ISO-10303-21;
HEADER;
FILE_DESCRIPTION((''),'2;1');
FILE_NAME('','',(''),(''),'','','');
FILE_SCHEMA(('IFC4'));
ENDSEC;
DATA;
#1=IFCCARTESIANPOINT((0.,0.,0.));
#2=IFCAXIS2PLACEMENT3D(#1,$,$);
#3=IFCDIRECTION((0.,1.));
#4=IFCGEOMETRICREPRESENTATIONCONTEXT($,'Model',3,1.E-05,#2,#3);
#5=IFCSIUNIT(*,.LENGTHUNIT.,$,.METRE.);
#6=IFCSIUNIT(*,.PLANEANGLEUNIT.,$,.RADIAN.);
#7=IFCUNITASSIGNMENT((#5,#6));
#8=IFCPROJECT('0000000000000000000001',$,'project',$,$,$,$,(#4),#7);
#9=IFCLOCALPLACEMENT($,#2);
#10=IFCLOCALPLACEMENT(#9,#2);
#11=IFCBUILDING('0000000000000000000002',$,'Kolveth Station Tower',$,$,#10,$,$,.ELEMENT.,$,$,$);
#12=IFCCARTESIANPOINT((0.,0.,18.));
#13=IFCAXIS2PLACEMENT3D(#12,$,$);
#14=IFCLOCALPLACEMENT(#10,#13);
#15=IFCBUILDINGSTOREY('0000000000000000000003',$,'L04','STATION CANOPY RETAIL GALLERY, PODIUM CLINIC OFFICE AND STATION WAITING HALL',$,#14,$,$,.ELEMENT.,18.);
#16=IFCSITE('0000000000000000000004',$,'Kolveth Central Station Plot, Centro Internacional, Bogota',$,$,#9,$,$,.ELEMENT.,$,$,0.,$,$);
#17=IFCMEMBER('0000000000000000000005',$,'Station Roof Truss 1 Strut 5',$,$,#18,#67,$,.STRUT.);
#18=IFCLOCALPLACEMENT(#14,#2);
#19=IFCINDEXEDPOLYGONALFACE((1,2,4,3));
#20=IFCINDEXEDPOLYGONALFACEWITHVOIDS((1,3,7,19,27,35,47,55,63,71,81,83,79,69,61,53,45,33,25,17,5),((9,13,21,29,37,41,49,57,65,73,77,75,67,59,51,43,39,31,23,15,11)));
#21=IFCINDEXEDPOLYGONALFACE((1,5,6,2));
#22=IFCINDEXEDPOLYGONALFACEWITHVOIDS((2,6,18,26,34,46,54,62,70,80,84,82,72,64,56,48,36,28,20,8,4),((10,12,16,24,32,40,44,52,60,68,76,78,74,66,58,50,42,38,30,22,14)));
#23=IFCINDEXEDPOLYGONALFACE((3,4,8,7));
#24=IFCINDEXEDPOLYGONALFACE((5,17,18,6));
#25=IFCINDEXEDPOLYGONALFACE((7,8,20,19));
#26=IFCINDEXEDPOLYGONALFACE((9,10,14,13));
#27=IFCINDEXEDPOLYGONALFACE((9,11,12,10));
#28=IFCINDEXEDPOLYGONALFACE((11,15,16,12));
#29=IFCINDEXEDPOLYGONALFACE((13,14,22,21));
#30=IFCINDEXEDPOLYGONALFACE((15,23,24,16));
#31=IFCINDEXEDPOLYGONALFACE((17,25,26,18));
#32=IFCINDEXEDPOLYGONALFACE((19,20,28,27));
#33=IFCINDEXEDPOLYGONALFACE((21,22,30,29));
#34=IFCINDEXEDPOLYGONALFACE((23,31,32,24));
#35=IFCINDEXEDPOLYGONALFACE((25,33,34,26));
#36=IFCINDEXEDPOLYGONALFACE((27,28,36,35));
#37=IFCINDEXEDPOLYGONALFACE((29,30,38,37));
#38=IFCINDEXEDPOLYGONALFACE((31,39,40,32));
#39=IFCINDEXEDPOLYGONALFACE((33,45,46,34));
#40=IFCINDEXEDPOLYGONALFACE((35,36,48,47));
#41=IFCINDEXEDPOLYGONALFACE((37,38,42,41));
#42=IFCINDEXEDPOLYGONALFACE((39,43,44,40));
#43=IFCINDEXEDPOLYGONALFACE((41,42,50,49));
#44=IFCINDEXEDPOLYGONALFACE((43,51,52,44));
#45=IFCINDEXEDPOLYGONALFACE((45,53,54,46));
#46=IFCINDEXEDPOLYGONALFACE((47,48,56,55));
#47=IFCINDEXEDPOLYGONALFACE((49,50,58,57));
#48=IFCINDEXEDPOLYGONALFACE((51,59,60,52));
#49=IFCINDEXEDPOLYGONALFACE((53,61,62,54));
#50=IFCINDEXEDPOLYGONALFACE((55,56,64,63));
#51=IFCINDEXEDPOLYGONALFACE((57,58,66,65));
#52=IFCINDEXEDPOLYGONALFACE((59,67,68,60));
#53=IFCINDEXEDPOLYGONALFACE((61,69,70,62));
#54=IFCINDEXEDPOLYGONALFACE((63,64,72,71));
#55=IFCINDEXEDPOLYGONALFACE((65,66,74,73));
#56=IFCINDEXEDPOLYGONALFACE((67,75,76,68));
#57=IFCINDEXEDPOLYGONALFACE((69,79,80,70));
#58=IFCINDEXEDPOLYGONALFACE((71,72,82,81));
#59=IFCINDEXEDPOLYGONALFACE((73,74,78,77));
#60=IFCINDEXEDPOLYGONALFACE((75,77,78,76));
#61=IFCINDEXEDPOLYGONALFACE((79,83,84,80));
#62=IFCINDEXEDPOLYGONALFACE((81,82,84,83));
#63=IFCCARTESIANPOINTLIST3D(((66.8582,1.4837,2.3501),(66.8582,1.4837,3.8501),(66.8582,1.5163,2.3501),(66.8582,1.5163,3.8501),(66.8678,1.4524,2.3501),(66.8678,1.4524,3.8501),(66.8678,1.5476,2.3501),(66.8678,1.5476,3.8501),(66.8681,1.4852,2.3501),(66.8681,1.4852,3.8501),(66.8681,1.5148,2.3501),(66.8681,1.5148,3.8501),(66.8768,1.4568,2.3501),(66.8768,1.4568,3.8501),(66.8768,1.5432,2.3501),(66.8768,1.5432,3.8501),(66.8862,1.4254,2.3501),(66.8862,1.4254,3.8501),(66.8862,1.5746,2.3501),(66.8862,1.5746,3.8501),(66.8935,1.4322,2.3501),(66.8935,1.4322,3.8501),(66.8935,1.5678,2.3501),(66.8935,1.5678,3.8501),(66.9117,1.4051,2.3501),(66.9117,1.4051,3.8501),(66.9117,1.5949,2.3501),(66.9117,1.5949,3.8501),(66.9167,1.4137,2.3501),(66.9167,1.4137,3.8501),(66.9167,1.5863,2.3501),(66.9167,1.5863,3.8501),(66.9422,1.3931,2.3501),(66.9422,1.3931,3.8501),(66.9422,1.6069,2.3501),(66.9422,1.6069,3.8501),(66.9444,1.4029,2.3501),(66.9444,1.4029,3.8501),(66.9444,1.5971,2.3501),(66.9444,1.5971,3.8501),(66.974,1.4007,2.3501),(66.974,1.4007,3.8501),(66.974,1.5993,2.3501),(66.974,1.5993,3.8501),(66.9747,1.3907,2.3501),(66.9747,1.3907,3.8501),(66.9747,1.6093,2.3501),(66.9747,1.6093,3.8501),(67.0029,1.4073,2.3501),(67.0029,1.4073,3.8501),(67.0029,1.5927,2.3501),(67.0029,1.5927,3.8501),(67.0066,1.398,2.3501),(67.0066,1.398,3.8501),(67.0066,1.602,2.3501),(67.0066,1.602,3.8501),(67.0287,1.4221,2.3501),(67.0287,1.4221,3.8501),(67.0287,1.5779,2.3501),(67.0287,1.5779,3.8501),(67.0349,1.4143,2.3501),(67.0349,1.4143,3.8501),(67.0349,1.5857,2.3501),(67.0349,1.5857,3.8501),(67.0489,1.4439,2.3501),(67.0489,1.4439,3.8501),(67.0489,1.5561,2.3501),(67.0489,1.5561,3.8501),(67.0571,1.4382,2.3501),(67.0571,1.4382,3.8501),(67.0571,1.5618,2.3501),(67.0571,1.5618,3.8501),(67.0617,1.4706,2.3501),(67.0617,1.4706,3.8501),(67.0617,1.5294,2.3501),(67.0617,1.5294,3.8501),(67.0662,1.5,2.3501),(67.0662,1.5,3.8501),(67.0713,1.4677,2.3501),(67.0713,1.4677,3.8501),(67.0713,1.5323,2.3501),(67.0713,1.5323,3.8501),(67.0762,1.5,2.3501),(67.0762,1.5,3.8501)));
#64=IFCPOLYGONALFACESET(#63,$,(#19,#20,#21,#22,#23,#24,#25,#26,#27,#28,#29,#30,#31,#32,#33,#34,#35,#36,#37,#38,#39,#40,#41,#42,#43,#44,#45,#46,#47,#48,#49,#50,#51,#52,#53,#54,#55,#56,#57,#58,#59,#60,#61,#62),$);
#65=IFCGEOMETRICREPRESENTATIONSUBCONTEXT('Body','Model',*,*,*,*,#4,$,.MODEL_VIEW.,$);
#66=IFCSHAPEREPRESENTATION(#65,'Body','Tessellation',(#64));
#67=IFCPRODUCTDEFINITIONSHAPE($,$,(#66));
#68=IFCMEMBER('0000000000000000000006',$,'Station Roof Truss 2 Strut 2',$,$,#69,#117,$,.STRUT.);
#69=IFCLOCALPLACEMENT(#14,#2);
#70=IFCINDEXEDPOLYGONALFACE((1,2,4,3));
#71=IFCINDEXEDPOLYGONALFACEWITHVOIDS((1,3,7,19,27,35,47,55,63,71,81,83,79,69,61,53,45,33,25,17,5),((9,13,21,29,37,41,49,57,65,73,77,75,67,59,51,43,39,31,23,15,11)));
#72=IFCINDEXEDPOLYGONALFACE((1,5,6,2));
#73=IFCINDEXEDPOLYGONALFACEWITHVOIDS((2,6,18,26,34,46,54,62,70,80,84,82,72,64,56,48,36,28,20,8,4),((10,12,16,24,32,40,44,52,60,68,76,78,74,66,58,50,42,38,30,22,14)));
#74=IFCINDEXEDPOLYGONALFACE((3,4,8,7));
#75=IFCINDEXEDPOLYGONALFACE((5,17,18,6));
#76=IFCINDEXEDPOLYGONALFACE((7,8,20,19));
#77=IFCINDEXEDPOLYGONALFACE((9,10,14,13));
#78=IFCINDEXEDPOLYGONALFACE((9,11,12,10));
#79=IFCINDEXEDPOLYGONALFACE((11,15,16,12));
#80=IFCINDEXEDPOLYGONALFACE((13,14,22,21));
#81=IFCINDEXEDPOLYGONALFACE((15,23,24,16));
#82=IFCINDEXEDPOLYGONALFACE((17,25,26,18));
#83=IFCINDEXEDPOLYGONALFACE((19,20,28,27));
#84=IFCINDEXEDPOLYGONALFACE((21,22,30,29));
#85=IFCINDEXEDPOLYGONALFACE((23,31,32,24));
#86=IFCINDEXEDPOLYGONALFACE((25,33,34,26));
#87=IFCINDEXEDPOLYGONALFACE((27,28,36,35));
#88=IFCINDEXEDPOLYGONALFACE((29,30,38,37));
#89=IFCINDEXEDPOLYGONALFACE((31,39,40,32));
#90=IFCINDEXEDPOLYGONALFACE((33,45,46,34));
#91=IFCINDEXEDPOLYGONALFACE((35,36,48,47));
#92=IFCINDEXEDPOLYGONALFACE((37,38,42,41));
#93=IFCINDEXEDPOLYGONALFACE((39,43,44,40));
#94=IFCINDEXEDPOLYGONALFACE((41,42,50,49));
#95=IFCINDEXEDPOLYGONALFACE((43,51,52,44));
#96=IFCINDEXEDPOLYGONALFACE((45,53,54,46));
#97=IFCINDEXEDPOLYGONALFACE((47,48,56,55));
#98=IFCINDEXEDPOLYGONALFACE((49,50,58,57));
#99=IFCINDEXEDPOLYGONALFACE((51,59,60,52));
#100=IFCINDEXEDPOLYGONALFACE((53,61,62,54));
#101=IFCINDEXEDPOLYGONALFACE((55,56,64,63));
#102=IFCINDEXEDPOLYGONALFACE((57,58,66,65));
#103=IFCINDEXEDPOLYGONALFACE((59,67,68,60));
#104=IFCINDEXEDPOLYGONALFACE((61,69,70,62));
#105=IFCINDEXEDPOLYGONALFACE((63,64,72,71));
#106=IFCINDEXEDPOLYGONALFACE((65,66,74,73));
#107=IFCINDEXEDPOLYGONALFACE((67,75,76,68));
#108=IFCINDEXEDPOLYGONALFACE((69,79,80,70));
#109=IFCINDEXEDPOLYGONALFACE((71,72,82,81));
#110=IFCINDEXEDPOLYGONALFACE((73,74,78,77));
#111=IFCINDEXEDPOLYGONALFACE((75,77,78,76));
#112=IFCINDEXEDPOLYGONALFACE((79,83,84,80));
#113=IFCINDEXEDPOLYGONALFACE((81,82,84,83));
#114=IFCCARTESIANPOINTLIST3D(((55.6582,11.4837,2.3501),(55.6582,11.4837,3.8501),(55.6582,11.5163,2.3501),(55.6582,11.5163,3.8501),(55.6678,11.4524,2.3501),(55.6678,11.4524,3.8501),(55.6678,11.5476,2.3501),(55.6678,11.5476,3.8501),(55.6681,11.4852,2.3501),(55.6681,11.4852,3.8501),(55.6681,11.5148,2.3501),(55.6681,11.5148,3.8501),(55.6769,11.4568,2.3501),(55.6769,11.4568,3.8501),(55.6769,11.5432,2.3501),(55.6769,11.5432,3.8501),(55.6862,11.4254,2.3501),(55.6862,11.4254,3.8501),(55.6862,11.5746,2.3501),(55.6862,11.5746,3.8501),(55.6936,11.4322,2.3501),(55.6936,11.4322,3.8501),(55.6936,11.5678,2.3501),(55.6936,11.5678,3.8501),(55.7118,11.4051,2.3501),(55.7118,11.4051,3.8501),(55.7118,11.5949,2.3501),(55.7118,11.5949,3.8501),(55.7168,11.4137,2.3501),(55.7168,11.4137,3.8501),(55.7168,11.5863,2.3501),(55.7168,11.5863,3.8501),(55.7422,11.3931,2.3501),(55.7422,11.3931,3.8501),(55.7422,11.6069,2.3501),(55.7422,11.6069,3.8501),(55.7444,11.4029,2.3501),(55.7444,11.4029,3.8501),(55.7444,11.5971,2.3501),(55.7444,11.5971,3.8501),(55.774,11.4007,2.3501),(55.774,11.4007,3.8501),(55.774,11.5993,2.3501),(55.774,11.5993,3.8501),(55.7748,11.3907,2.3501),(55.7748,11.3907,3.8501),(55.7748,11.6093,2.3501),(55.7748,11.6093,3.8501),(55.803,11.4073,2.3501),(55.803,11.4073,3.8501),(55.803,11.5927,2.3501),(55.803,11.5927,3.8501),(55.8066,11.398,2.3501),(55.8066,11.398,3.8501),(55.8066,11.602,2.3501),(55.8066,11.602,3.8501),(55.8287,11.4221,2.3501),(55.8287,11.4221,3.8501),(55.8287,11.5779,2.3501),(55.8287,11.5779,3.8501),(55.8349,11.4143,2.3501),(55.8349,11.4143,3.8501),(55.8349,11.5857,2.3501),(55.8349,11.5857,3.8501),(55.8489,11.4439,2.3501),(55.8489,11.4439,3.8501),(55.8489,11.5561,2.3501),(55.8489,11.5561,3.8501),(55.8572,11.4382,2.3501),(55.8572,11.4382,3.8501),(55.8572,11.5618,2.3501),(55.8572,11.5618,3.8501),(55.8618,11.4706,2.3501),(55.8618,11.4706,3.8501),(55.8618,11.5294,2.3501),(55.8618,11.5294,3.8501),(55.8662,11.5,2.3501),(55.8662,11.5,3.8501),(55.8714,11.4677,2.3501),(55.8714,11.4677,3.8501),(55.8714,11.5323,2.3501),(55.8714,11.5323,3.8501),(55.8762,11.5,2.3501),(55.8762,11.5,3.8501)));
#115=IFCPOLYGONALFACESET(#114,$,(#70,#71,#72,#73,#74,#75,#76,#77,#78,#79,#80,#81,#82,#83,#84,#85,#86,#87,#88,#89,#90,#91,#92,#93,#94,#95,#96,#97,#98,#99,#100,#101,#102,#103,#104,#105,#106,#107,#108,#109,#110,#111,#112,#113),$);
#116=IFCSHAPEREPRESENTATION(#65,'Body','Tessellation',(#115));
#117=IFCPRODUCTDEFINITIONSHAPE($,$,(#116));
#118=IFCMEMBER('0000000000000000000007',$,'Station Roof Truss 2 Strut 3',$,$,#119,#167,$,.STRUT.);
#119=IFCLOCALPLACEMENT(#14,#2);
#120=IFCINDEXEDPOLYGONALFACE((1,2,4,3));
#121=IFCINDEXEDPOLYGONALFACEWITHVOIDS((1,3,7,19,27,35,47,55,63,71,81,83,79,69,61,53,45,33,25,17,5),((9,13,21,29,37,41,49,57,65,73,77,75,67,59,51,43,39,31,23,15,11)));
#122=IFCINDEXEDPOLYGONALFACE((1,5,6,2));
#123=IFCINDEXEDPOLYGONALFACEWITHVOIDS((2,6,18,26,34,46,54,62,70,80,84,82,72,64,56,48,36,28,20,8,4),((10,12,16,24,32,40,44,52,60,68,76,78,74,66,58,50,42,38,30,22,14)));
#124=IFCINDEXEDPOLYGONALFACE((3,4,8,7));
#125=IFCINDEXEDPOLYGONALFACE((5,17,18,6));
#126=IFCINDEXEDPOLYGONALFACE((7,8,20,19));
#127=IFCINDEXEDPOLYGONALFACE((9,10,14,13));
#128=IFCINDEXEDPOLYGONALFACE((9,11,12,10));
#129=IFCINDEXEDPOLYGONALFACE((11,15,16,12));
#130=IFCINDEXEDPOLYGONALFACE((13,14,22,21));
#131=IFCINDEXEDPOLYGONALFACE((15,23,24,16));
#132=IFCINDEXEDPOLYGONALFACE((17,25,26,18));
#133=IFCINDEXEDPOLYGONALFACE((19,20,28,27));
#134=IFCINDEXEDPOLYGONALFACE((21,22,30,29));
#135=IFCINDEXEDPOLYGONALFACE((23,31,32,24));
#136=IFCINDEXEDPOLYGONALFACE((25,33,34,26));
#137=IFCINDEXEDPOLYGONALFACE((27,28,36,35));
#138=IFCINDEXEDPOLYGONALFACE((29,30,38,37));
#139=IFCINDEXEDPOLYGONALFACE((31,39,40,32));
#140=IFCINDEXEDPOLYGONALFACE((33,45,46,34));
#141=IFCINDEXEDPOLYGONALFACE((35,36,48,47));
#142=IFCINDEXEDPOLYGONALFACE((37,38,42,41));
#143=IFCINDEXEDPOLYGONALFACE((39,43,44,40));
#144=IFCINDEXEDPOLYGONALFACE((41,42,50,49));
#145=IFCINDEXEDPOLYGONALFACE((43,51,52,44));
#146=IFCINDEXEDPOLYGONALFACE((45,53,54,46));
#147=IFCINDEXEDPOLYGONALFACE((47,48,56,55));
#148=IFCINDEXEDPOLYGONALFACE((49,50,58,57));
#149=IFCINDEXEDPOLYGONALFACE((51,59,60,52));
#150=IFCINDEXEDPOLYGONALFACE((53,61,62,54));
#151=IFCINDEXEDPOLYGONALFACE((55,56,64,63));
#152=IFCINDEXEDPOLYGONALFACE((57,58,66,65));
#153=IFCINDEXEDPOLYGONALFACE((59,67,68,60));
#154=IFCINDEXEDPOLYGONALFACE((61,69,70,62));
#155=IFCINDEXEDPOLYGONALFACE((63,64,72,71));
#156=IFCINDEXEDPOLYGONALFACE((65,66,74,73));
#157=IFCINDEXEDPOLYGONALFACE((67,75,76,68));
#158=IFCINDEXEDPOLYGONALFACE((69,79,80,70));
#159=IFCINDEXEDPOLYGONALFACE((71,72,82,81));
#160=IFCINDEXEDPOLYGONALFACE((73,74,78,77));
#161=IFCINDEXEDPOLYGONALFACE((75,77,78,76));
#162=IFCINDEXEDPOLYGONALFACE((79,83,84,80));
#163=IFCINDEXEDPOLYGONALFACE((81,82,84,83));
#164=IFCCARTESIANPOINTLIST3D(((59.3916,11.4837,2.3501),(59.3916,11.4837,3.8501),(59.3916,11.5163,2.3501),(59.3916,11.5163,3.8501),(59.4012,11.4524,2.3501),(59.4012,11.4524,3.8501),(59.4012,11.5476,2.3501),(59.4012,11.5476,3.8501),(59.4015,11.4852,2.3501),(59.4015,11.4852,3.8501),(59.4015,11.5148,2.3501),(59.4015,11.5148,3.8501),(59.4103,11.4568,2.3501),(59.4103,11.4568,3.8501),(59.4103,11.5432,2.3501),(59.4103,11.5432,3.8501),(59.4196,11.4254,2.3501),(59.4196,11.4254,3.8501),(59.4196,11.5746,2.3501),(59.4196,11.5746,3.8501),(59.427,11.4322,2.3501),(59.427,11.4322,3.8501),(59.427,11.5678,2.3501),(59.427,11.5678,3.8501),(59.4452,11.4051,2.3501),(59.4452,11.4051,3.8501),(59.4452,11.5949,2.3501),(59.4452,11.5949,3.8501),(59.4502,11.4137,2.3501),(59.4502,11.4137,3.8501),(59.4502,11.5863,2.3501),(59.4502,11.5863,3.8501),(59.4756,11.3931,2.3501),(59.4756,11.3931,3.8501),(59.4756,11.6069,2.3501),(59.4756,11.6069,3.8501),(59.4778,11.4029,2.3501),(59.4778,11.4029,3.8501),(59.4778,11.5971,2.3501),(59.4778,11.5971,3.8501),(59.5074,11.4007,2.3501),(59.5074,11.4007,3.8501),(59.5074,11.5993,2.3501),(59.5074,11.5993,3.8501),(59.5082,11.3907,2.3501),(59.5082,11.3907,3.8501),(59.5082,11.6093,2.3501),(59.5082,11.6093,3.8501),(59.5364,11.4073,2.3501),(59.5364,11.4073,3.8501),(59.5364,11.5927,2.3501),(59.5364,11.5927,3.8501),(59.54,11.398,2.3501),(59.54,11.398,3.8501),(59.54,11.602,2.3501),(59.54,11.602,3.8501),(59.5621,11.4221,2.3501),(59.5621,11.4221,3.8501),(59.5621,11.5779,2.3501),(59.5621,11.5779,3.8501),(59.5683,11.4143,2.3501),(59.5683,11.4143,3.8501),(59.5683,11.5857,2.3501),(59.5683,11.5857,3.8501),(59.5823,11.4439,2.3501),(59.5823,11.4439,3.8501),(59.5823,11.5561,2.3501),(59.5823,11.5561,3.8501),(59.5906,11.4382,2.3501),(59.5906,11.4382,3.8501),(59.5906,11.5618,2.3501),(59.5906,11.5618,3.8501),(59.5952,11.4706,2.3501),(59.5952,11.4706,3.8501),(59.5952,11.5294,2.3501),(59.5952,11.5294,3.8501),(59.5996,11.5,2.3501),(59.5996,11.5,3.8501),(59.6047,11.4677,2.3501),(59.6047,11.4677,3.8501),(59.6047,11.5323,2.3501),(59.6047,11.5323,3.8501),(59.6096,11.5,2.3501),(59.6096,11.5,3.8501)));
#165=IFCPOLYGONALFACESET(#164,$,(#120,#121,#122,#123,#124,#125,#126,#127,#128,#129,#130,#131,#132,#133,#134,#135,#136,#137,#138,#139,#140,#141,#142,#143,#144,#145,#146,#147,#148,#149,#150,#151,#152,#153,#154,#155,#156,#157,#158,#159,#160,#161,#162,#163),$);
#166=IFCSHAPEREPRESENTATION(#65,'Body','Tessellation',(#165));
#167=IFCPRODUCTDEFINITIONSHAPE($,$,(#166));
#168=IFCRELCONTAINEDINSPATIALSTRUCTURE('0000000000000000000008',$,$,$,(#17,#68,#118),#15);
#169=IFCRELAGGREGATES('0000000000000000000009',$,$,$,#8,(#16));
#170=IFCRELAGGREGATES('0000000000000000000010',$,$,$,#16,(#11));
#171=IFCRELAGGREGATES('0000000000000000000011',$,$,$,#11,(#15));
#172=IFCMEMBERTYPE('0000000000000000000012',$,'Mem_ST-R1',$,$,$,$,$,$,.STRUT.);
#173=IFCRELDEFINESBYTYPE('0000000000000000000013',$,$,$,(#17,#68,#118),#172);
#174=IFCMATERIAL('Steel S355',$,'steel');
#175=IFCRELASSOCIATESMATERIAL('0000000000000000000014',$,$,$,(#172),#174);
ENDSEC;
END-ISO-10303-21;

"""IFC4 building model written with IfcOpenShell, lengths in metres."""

from ifc_helpers import new_model, si_unit, direction, frame, origin, origin_2d, place, context, subcontext, project, spatial, hollow_circle, extrude, source, transform, mapped, material, material_profile, profile_set, type_object, element, save


model = new_model("IFC4")

# Units and contexts
model_context = context("Model", 3, precision=1e-05, world=origin(), true_north=direction((0.0, 1.0)))
body_context = subcontext(model_context, "Body", "Model", "MODEL_VIEW")
ifc_project = project(units=[si_unit("LENGTHUNIT", "METRE"), si_unit("PLANEANGLEUNIT", "RADIAN")], contexts=[model_context])

# Site, building, storey
site_placement = place(None, origin())
site = spatial("IfcSite", under=ifc_project, at=site_placement, Name="Kolveth Central Station Plot, Centro Internacional, Bogota", CompositionType="ELEMENT", RefElevation=0.0)
building_placement = place(site_placement, origin())
building = spatial("IfcBuilding", under=site, at=building_placement, Name="Kolveth Station Tower", CompositionType="ELEMENT")
storey_placement = place(building_placement, frame((0.0, 0.0, 18.0)))
storey = spatial("IfcBuildingStorey", under=building, at=storey_placement, Name="L04", Description="STATION CANOPY RETAIL GALLERY, PODIUM CLINIC OFFICE AND STATION WAITING HALL", CompositionType="ELEMENT", Elevation=18.0)

# Shared definitions
ifc_material_1 = material(Name="Steel S355", Category="steel")

# Members
ifc_material_profile_1 = material_profile(ifc_material_1, hollow_circle(Radius=0.1096, WallThickness=0.01, at=origin_2d()), Name="CHS219x10")
ifc_profile_set_1 = profile_set([ifc_material_profile_1], Name="Steel S355")
member_type_1 = type_object("IfcMemberType", Name="Mem_ST-R1", PredefinedType="STRUT", material=ifc_profile_set_1)
shared_shape_1 = source(origin(), body_context, "Body", "SweptSolid", [
    extrude(hollow_circle(Radius=0.1096, WallThickness=0.01, at=origin_2d()), origin(), (0.0, 0.0, 1.0), 1.5),
])
for number, where, z_axis, x_axis, name in (
    (1, (66.9666, 1.5, 2.3501), (0.0, 0.0, 1.0), (1.0, 0.0, 0.0), "Station Roof Truss 1 Strut 5"),
    (2, (55.7666, 11.5, 2.3501), (0.0, 0.0, 1.0), (1.0, 0.0, 0.0), "Station Roof Truss 2 Strut 2"),
    (3, (59.5, 11.5, 2.3501), (0.0, 0.0, 1.0), (1.0, 0.0, 0.0), "Station Roof Truss 2 Strut 3"),
):
    element("IfcMember", number, at=place(storey_placement, frame(where, z_axis=z_axis, x_axis=x_axis)), inside=storey, type_object=member_type_1, Name=name, PredefinedType="STRUT", context=body_context, shape_type="MappedRepresentation", body=[
        mapped(shared_shape_1, transform((0.0, 0.0, 0.0), x_axis=(1.0, 0.0, 0.0), y_axis=(0.0, 1.0, 0.0), z_axis=(0.0, 0.0, 1.0), scale=1.0)),
    ])

save(model, "model.ifc")
